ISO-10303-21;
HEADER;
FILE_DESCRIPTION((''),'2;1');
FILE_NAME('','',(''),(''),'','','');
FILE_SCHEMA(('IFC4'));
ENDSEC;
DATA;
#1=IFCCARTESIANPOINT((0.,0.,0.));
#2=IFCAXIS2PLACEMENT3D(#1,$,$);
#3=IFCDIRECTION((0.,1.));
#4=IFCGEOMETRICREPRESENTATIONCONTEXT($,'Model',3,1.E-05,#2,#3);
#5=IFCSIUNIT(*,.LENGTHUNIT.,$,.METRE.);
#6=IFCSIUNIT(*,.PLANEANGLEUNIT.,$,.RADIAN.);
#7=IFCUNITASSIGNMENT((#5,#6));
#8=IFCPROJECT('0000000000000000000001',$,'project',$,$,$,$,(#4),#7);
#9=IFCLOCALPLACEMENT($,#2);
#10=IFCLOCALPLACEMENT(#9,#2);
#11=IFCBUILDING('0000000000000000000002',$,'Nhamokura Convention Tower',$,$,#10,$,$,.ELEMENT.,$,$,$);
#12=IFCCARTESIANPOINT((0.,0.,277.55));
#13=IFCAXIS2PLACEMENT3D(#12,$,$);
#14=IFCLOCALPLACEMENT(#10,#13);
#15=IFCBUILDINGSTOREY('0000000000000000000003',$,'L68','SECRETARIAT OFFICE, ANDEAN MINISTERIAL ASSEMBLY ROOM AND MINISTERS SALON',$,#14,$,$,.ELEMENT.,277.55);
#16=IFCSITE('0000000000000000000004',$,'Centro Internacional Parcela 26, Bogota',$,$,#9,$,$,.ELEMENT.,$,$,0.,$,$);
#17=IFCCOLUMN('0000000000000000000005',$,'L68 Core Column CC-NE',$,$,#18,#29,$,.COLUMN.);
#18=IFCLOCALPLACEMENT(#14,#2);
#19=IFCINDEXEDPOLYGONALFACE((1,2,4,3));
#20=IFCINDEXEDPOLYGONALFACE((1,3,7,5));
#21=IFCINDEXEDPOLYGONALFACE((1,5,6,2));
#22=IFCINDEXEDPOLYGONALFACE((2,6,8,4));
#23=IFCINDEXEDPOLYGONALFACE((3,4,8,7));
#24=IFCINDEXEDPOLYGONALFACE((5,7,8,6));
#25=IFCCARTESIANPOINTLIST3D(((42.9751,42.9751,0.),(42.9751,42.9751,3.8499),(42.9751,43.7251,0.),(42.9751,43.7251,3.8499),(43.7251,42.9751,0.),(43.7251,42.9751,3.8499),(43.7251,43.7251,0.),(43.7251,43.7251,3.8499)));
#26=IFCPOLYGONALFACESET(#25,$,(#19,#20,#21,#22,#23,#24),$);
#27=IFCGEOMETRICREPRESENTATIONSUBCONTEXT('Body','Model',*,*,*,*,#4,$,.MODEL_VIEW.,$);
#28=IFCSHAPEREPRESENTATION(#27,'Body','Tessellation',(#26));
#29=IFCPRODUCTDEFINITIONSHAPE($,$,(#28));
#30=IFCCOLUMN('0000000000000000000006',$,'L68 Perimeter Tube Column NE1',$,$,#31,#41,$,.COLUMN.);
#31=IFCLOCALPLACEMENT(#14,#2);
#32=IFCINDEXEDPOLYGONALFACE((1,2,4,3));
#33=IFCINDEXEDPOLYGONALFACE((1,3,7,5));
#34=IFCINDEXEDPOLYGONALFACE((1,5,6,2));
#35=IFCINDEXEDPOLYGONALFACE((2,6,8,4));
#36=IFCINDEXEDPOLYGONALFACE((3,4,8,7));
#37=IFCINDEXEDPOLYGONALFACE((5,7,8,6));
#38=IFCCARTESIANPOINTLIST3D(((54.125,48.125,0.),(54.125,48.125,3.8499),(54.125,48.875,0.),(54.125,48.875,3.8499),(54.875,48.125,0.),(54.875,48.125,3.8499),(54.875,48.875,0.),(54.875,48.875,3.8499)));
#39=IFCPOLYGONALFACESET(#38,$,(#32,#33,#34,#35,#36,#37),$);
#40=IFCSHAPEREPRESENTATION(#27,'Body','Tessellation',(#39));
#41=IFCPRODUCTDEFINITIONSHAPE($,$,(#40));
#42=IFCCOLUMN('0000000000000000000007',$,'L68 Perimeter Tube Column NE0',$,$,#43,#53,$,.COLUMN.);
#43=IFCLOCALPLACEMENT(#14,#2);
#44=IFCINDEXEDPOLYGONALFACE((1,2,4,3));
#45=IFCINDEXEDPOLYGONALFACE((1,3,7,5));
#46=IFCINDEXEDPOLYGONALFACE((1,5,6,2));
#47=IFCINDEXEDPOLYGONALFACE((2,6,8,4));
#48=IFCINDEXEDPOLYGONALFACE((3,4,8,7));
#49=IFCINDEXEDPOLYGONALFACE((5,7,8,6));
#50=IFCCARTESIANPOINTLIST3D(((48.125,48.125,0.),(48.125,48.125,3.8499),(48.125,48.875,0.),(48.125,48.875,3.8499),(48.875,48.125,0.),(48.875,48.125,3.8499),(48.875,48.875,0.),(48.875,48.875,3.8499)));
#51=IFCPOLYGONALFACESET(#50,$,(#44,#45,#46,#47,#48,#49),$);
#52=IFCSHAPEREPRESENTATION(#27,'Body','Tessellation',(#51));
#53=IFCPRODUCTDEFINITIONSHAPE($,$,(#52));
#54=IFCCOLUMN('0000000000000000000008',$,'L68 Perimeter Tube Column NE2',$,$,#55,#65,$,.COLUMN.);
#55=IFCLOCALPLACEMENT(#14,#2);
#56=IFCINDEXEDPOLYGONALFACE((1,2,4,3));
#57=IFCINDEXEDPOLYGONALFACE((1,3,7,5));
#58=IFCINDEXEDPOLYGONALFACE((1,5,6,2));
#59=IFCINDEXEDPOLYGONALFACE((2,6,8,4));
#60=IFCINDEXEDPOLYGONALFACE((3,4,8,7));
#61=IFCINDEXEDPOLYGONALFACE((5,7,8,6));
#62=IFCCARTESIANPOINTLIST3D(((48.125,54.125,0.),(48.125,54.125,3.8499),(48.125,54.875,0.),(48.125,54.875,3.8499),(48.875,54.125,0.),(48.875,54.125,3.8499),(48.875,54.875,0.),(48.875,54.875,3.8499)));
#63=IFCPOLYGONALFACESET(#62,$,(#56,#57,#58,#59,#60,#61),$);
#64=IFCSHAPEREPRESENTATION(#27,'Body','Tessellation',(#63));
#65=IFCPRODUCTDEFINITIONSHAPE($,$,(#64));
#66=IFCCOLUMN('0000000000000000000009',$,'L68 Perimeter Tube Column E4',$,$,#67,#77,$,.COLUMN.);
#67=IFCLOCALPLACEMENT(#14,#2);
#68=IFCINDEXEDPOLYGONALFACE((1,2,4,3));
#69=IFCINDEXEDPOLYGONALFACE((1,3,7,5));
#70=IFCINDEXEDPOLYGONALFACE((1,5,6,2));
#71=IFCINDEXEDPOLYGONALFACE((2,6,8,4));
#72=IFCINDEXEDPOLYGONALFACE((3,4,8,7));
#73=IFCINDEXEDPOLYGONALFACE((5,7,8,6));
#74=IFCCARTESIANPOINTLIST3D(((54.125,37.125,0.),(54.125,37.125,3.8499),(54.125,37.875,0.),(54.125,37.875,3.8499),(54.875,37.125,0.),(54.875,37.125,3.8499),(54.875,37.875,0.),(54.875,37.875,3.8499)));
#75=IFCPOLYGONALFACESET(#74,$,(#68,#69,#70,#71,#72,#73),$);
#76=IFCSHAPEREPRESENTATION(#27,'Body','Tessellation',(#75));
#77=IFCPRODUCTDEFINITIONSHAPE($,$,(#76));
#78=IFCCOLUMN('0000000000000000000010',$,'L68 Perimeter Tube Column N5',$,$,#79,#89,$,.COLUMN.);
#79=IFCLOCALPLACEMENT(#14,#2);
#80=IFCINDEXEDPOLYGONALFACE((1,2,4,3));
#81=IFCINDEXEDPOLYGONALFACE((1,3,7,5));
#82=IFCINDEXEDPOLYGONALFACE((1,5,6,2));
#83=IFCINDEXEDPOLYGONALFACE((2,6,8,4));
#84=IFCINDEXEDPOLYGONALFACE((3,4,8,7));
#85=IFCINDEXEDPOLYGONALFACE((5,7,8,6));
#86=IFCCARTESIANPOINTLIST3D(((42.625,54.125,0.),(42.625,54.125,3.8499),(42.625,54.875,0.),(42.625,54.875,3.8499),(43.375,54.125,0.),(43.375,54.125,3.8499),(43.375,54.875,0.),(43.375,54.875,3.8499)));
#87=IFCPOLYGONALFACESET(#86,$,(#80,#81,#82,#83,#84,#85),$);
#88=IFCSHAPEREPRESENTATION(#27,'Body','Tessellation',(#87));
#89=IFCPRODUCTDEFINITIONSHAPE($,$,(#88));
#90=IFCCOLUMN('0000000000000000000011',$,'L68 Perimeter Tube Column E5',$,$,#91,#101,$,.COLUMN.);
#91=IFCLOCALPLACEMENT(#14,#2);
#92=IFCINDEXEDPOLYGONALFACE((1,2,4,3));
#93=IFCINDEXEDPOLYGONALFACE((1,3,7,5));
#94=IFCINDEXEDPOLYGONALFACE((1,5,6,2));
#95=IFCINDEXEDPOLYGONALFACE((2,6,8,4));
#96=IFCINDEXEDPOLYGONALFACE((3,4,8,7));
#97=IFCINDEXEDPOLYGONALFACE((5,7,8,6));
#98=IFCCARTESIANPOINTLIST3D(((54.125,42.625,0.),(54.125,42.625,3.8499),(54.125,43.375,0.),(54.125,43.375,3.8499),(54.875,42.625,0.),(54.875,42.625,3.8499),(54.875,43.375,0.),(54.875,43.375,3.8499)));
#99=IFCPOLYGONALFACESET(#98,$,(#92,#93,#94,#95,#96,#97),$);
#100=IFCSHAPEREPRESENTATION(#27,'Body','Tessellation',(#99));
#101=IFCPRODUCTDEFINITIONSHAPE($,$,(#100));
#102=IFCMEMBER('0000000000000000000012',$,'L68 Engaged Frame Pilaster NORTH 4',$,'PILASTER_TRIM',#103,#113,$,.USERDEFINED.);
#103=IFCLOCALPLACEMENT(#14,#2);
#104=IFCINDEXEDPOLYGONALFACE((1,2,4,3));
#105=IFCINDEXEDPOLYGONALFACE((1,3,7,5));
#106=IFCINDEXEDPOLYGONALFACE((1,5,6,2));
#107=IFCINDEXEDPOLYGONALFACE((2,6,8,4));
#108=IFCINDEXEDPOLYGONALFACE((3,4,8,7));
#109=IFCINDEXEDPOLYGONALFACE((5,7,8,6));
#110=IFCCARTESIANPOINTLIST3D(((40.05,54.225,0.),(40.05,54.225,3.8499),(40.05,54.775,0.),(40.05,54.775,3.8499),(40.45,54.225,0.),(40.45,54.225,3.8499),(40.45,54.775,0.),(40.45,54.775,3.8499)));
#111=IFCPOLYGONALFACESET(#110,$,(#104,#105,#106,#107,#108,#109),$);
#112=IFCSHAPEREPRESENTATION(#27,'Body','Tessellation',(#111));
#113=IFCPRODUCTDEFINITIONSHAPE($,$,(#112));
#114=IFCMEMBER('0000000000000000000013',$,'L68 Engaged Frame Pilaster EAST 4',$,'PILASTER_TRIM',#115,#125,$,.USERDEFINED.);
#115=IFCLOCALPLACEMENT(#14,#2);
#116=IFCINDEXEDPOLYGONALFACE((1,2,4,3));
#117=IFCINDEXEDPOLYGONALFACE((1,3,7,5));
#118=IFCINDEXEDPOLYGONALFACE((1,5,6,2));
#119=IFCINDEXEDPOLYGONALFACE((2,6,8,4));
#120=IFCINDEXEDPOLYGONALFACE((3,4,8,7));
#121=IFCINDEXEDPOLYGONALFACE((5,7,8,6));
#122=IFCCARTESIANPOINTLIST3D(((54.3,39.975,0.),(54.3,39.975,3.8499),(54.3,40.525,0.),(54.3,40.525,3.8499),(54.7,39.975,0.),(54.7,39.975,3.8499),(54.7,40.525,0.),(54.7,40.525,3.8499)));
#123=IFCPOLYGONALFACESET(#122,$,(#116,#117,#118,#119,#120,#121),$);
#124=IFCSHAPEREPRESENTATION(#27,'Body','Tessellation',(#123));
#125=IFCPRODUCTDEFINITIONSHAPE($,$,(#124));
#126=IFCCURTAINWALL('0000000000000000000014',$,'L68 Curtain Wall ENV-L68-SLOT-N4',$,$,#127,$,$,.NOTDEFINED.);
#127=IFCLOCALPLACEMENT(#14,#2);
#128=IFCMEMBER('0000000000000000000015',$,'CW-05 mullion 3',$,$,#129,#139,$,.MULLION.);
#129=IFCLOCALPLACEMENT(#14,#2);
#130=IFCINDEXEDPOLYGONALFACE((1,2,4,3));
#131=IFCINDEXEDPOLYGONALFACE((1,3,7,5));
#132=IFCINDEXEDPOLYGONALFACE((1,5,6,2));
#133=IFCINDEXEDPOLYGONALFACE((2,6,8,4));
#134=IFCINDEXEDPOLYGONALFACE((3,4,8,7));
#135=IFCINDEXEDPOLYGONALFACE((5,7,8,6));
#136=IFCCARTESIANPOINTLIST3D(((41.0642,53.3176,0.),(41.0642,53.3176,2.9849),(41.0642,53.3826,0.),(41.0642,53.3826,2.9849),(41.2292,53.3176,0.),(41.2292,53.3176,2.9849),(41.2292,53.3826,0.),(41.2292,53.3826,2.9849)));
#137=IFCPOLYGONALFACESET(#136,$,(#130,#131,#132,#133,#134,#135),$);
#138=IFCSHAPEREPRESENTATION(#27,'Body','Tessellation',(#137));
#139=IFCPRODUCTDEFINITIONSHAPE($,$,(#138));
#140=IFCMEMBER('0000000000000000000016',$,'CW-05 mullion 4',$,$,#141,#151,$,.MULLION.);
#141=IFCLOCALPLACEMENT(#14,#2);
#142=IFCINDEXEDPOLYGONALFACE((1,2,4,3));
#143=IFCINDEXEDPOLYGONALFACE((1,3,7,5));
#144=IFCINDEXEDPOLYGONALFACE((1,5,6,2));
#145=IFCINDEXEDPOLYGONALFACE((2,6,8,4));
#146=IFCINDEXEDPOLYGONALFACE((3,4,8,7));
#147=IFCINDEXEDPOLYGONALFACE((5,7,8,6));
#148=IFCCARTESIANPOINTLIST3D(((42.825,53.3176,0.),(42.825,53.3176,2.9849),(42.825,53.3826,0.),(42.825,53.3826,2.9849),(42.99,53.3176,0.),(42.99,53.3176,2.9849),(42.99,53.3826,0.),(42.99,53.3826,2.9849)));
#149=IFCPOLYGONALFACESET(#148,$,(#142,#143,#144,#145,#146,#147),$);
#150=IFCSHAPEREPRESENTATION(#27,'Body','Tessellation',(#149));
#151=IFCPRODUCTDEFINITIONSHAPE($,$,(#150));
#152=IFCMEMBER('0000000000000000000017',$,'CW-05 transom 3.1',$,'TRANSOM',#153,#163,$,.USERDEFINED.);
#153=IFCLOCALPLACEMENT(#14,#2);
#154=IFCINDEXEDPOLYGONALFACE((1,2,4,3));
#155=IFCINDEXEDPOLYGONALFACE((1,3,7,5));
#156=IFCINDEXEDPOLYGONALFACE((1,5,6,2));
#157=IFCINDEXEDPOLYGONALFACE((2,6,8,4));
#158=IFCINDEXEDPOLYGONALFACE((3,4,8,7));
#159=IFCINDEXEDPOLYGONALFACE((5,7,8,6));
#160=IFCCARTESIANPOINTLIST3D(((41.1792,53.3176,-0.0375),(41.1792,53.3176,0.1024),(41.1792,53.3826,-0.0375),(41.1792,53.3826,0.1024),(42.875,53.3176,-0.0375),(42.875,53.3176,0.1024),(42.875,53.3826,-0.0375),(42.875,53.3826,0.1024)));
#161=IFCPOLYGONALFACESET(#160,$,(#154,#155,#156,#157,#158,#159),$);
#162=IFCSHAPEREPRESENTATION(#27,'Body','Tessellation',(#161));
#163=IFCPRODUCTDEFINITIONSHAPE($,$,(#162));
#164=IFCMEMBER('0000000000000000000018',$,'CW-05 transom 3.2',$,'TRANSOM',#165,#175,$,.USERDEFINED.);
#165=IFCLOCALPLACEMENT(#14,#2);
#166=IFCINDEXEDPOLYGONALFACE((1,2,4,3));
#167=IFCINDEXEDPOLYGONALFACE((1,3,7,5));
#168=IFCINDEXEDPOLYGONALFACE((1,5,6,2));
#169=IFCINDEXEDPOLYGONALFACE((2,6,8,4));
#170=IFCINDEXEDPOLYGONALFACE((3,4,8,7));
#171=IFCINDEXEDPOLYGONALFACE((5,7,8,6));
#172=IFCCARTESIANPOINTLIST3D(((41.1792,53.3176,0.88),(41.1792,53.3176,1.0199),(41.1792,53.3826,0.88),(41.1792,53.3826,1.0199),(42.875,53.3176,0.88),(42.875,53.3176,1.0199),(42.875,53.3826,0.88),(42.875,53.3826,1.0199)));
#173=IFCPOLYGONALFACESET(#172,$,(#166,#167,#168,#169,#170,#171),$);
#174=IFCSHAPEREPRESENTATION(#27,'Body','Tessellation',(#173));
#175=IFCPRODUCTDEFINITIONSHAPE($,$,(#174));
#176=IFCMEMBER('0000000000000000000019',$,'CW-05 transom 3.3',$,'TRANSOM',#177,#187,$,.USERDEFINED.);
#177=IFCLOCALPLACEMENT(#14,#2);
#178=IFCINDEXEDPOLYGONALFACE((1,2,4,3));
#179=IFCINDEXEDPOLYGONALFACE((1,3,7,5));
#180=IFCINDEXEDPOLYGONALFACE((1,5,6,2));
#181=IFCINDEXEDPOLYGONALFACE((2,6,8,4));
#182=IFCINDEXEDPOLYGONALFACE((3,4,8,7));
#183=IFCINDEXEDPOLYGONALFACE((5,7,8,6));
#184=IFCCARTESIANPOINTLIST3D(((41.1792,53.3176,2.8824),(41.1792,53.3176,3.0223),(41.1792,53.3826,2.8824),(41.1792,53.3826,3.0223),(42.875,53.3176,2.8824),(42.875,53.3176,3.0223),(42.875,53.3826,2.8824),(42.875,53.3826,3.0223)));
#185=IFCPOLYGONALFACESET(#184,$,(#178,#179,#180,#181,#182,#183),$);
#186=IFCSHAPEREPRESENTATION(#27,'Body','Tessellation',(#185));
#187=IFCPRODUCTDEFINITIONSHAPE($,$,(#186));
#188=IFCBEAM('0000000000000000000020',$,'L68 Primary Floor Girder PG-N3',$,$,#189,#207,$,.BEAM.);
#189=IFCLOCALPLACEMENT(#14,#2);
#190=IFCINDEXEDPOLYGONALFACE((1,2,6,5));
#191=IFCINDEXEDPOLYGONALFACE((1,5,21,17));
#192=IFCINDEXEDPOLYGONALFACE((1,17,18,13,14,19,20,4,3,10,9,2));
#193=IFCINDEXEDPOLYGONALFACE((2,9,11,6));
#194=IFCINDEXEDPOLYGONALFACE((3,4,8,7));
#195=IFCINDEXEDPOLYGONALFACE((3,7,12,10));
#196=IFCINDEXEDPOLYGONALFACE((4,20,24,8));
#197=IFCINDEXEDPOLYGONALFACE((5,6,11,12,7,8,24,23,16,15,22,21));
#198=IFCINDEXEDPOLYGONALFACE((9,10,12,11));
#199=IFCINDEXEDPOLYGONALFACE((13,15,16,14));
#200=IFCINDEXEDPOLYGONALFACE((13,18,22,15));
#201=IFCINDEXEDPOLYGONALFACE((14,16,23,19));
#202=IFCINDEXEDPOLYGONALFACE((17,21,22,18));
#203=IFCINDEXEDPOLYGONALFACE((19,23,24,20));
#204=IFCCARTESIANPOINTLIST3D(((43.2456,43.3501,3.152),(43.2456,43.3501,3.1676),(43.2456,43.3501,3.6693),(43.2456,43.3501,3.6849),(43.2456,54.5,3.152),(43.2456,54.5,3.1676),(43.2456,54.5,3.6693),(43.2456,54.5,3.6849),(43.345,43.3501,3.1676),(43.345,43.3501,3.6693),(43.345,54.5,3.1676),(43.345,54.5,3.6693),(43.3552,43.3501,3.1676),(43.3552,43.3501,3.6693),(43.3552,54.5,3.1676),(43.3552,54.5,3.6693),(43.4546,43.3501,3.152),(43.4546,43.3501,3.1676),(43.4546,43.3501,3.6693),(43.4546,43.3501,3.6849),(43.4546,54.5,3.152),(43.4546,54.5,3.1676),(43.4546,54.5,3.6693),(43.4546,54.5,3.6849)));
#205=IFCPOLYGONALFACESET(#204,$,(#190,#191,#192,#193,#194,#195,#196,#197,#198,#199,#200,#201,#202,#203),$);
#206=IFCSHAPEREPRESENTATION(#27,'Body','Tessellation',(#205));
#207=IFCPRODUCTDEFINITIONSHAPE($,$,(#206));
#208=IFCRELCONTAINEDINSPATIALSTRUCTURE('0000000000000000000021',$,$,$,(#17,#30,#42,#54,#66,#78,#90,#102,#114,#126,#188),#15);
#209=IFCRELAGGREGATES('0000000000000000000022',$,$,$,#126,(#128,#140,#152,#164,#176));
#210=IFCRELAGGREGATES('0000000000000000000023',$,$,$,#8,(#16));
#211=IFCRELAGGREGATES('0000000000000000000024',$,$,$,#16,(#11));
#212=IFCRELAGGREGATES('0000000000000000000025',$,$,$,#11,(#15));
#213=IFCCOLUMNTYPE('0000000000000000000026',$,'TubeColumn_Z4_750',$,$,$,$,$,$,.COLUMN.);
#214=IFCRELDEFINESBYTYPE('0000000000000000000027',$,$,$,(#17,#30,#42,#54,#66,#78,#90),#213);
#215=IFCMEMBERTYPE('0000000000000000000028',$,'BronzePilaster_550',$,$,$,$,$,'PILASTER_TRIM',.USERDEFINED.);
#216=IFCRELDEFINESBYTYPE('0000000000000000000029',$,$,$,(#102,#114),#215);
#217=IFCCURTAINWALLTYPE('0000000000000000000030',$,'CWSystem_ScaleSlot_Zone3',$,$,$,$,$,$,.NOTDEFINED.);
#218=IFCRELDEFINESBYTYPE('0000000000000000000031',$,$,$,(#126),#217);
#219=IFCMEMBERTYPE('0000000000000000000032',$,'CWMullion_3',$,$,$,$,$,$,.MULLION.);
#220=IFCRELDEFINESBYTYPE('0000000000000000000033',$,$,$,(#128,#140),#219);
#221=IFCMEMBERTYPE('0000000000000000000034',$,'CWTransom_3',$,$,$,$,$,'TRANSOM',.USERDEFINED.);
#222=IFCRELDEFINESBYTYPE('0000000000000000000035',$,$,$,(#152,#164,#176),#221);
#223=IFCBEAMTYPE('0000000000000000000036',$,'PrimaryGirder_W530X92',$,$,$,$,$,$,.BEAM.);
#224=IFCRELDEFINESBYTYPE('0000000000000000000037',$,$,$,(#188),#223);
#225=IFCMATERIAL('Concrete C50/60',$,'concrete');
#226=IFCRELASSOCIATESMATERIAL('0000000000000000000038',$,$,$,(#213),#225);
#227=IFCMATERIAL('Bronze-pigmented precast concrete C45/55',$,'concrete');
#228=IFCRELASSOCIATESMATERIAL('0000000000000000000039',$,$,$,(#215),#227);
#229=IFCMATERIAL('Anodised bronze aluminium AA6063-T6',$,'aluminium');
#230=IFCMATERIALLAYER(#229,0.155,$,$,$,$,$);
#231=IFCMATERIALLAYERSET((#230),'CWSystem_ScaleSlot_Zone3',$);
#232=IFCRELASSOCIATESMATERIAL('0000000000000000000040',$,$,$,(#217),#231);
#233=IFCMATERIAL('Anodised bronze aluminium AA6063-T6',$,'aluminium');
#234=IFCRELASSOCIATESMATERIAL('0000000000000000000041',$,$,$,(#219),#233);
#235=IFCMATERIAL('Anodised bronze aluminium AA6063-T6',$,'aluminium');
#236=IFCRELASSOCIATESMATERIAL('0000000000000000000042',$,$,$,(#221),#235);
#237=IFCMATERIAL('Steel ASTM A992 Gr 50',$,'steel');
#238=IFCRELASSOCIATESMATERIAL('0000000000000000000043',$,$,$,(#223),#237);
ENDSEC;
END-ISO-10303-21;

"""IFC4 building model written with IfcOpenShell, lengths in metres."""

from ifc_helpers import new_model, si_unit, direction, frame, origin, origin_2d, place, context, subcontext, project, spatial, rectangle, i_section, extrude, material, layer, layer_set, material_profile, profile_set, type_object, element, aggregate, save


model = new_model("IFC4")

# Units and contexts
model_context = context("Model", 3, precision=1e-05, world=origin(), true_north=direction((0.0, 1.0)))
body_context = subcontext(model_context, "Body", "Model", "MODEL_VIEW")
ifc_project = project(units=[si_unit("LENGTHUNIT", "METRE"), si_unit("PLANEANGLEUNIT", "RADIAN")], contexts=[model_context])

# Site, building, storey
site_placement = place(None, origin())
site = spatial("IfcSite", under=ifc_project, at=site_placement, Name="Centro Internacional Parcela 26, Bogota", CompositionType="ELEMENT", RefElevation=0.0)
building_placement = place(site_placement, origin())
building = spatial("IfcBuilding", under=site, at=building_placement, Name="Nhamokura Convention Tower", CompositionType="ELEMENT")
storey_placement = place(building_placement, frame((0.0, 0.0, 277.55)))
storey = spatial("IfcBuildingStorey", under=building, at=storey_placement, Name="L68", Description="SECRETARIAT OFFICE, ANDEAN MINISTERIAL ASSEMBLY ROOM AND MINISTERS SALON", CompositionType="ELEMENT", Elevation=277.55)

# Columns
ifc_material_1 = material(Name="Concrete C50/60", Category="concrete")
ifc_material_profile_1 = material_profile(ifc_material_1, rectangle(XDim=0.75, YDim=0.75, at=origin_2d()))
ifc_profile_set_1 = profile_set([ifc_material_profile_1], Name="Concrete C50/60")
column_type = type_object("IfcColumnType", Name="TubeColumn_Z4_750", PredefinedType="COLUMN", material=ifc_profile_set_1)
for number, where, z_axis, x_axis, name in (
    (1, (43.3501, 43.3501, 0.0), (0.0, 0.0, 1.0), (1.0, 0.0, 0.0), "L68 Core Column CC-NE"),
    (2, (54.5, 48.5, 0.0), (0.0, 0.0, 1.0), (1.0, 0.0, 0.0), "L68 Perimeter Tube Column NE1"),
    (3, (48.5, 48.5, 0.0), (0.0, 0.0, 1.0), (1.0, 0.0, 0.0), "L68 Perimeter Tube Column NE0"),
    (4, (48.5, 54.5, 0.0), (0.0, 0.0, 1.0), (1.0, 0.0, 0.0), "L68 Perimeter Tube Column NE2"),
    (5, (54.5, 37.5, 0.0), (0.0, 0.0, 1.0), (1.0, 0.0, 0.0), "L68 Perimeter Tube Column E4"),
    (6, (43.0, 54.5, 0.0), (0.0, 0.0, 1.0), (1.0, 0.0, 0.0), "L68 Perimeter Tube Column N5"),
    (7, (54.5, 43.0, 0.0), (0.0, 0.0, 1.0), (1.0, 0.0, 0.0), "L68 Perimeter Tube Column E5"),
):
    element("IfcColumn", number, at=place(storey_placement, frame(where, z_axis=z_axis, x_axis=x_axis)), inside=storey, type_object=column_type, Name=name, PredefinedType="COLUMN", context=body_context, shape_type="SweptSolid", body=[
        extrude(rectangle(XDim=0.75, YDim=0.75, at=origin_2d()), origin(), (0.0, 0.0, 1.0), 3.8499),
    ])

# Members
ifc_material_2 = material(Name="Bronze-pigmented precast concrete C45/55", Category="concrete")
ifc_material_profile_2 = material_profile(ifc_material_2, rectangle(XDim=0.3999, YDim=0.55, at=origin_2d()))
ifc_profile_set_2 = profile_set([ifc_material_profile_2], Name="Bronze-pigmented precast concrete C45/55")
member_type_1 = type_object("IfcMemberType", Name="BronzePilaster_550", ElementType="PILASTER_TRIM", PredefinedType="USERDEFINED", material=ifc_profile_set_2)
for number, where, z_axis, x_axis, name in (
    (8, (40.25, 54.5, 0.0), (0.0, 0.0, 1.0), (1.0, 0.0, 0.0), "L68 Engaged Frame Pilaster NORTH 4"),
    (9, (54.5, 40.25, 0.0), (0.0, 0.0, 1.0), (1.0, 0.0, 0.0), "L68 Engaged Frame Pilaster EAST 4"),
):
    element("IfcMember", number, at=place(storey_placement, frame(where, z_axis=z_axis, x_axis=x_axis)), inside=storey, type_object=member_type_1, Name=name, ObjectType="PILASTER_TRIM", PredefinedType="USERDEFINED", context=body_context, shape_type="SweptSolid", body=[
        extrude(rectangle(XDim=0.3999, YDim=0.55, at=origin_2d()), origin(), (0.0, 0.0, 1.0), 3.8499),
    ])

# Curtain wall, members
ifc_material_3 = material(Name="Anodised bronze aluminium AA6063-T6", Category="aluminium")
ifc_layer_1 = layer(ifc_material_3, 0.155)
ifc_layer_set_1 = layer_set([ifc_layer_1], Name="CWSystem_ScaleSlot_Zone3")
curtain_wall_type = type_object("IfcCurtainWallType", Name="CWSystem_ScaleSlot_Zone3", PredefinedType="NOTDEFINED", material=ifc_layer_set_1)
curtain_wall_placement = place(storey_placement, origin())
curtain_wall = element("IfcCurtainWall", 10, at=curtain_wall_placement, inside=storey, type_object=curtain_wall_type, Name="L68 Curtain Wall ENV-L68-SLOT-N4", PredefinedType="NOTDEFINED")
ifc_material_4 = material(Name="Anodised bronze aluminium AA6063-T6", Category="aluminium")
ifc_material_profile_3 = material_profile(ifc_material_4, rectangle(XDim=0.0649, YDim=0.165, at=origin_2d()))
ifc_profile_set_3 = profile_set([ifc_material_profile_3], Name="Anodised bronze aluminium AA6063-T6")
member_type_2 = type_object("IfcMemberType", Name="CWMullion_3", PredefinedType="MULLION", material=ifc_profile_set_3)
member_1_placement = place(storey_placement, frame((41.1467, 53.3501, 0.0), z_axis=(0.0, 0.0, 1.0), x_axis=(0.0, 1.0, 0.0)))
member_1 = element("IfcMember", 11, at=member_1_placement, type_object=member_type_2, Name="CW-05 mullion 3", PredefinedType="MULLION", context=body_context, shape_type="SweptSolid", body=[
    extrude(rectangle(XDim=0.0649, YDim=0.165, at=origin_2d()), origin(), (0.0, 0.0, 1.0), 2.9849),
])
member_2_placement = place(storey_placement, frame((42.9075, 53.3501, 0.0), z_axis=(0.0, 0.0, 1.0), x_axis=(0.0, 1.0, 0.0)))
member_2 = element("IfcMember", 12, at=member_2_placement, type_object=member_type_2, Name="CW-05 mullion 4", PredefinedType="MULLION", context=body_context, shape_type="SweptSolid", body=[
    extrude(rectangle(XDim=0.0649, YDim=0.165, at=origin_2d()), origin(), (0.0, 0.0, 1.0), 2.9849),
])
ifc_material_5 = material(Name="Anodised bronze aluminium AA6063-T6", Category="aluminium")
ifc_material_profile_4 = material_profile(ifc_material_5, rectangle(XDim=0.0649, YDim=0.1399, at=origin_2d()))
ifc_profile_set_4 = profile_set([ifc_material_profile_4], Name="Anodised bronze aluminium AA6063-T6")
member_type_3 = type_object("IfcMemberType", Name="CWTransom_3", ElementType="TRANSOM", PredefinedType="USERDEFINED", material=ifc_profile_set_4)
member_3_placement = place(storey_placement, frame((41.1792, 53.3501, 0.0325), z_axis=(1.0, 0.0, 0.0), x_axis=(0.0, 1.0, 0.0)))
member_3 = element("IfcMember", 13, at=member_3_placement, type_object=member_type_3, Name="CW-05 transom 3.1", ObjectType="TRANSOM", PredefinedType="USERDEFINED", context=body_context, shape_type="SweptSolid", body=[
    extrude(rectangle(XDim=0.0649, YDim=0.1399, at=origin_2d()), origin(), (0.0, 0.0, 1.0), 1.6958),
])
member_4_placement = place(storey_placement, frame((41.1792, 53.3501, 0.95), z_axis=(1.0, 0.0, 0.0), x_axis=(0.0, 1.0, 0.0)))
member_4 = element("IfcMember", 14, at=member_4_placement, type_object=member_type_3, Name="CW-05 transom 3.2", ObjectType="TRANSOM", PredefinedType="USERDEFINED", context=body_context, shape_type="SweptSolid", body=[
    extrude(rectangle(XDim=0.0649, YDim=0.1399, at=origin_2d()), origin(), (0.0, 0.0, 1.0), 1.6958),
])
member_5_placement = place(storey_placement, frame((41.1792, 53.3501, 2.9524), z_axis=(1.0, 0.0, 0.0), x_axis=(0.0, 1.0, 0.0)))
member_5 = element("IfcMember", 15, at=member_5_placement, type_object=member_type_3, Name="CW-05 transom 3.3", ObjectType="TRANSOM", PredefinedType="USERDEFINED", context=body_context, shape_type="SweptSolid", body=[
    extrude(rectangle(XDim=0.0649, YDim=0.1399, at=origin_2d()), origin(), (0.0, 0.0, 1.0), 1.6958),
])

# Beam
ifc_material_6 = material(Name="Steel ASTM A992 Gr 50", Category="steel")
ifc_material_profile_5 = material_profile(ifc_material_6, i_section(OverallWidth=0.209, OverallDepth=0.533, WebThickness=0.0103, FlangeThickness=0.0156, at=origin_2d()))
ifc_profile_set_5 = profile_set([ifc_material_profile_5], Name="Steel ASTM A992 Gr 50")
beam_type_1 = type_object("IfcBeamType", Name="PrimaryGirder_W530X92", PredefinedType="BEAM", material=ifc_profile_set_5)
for number, where, z_axis, x_axis, name in (
    (16, (43.3501, 43.3501, 3.4185), (0.0, 1.0, 0.0), (-1.0, 0.0, 0.0), "L68 Primary Floor Girder PG-N3"),
):
    element("IfcBeam", number, at=place(storey_placement, frame(where, z_axis=z_axis, x_axis=x_axis)), inside=storey, type_object=beam_type_1, Name=name, PredefinedType="BEAM", context=body_context, shape_type="SweptSolid", body=[
        extrude(i_section(OverallWidth=0.209, OverallDepth=0.533, WebThickness=0.0103, FlangeThickness=0.0156, at=origin_2d()), origin(), (0.0, 0.0, 1.0), 11.1499),
    ])

aggregate(curtain_wall, [member_1, member_2, member_3, member_4, member_5])

save(model, "model.ifc")
